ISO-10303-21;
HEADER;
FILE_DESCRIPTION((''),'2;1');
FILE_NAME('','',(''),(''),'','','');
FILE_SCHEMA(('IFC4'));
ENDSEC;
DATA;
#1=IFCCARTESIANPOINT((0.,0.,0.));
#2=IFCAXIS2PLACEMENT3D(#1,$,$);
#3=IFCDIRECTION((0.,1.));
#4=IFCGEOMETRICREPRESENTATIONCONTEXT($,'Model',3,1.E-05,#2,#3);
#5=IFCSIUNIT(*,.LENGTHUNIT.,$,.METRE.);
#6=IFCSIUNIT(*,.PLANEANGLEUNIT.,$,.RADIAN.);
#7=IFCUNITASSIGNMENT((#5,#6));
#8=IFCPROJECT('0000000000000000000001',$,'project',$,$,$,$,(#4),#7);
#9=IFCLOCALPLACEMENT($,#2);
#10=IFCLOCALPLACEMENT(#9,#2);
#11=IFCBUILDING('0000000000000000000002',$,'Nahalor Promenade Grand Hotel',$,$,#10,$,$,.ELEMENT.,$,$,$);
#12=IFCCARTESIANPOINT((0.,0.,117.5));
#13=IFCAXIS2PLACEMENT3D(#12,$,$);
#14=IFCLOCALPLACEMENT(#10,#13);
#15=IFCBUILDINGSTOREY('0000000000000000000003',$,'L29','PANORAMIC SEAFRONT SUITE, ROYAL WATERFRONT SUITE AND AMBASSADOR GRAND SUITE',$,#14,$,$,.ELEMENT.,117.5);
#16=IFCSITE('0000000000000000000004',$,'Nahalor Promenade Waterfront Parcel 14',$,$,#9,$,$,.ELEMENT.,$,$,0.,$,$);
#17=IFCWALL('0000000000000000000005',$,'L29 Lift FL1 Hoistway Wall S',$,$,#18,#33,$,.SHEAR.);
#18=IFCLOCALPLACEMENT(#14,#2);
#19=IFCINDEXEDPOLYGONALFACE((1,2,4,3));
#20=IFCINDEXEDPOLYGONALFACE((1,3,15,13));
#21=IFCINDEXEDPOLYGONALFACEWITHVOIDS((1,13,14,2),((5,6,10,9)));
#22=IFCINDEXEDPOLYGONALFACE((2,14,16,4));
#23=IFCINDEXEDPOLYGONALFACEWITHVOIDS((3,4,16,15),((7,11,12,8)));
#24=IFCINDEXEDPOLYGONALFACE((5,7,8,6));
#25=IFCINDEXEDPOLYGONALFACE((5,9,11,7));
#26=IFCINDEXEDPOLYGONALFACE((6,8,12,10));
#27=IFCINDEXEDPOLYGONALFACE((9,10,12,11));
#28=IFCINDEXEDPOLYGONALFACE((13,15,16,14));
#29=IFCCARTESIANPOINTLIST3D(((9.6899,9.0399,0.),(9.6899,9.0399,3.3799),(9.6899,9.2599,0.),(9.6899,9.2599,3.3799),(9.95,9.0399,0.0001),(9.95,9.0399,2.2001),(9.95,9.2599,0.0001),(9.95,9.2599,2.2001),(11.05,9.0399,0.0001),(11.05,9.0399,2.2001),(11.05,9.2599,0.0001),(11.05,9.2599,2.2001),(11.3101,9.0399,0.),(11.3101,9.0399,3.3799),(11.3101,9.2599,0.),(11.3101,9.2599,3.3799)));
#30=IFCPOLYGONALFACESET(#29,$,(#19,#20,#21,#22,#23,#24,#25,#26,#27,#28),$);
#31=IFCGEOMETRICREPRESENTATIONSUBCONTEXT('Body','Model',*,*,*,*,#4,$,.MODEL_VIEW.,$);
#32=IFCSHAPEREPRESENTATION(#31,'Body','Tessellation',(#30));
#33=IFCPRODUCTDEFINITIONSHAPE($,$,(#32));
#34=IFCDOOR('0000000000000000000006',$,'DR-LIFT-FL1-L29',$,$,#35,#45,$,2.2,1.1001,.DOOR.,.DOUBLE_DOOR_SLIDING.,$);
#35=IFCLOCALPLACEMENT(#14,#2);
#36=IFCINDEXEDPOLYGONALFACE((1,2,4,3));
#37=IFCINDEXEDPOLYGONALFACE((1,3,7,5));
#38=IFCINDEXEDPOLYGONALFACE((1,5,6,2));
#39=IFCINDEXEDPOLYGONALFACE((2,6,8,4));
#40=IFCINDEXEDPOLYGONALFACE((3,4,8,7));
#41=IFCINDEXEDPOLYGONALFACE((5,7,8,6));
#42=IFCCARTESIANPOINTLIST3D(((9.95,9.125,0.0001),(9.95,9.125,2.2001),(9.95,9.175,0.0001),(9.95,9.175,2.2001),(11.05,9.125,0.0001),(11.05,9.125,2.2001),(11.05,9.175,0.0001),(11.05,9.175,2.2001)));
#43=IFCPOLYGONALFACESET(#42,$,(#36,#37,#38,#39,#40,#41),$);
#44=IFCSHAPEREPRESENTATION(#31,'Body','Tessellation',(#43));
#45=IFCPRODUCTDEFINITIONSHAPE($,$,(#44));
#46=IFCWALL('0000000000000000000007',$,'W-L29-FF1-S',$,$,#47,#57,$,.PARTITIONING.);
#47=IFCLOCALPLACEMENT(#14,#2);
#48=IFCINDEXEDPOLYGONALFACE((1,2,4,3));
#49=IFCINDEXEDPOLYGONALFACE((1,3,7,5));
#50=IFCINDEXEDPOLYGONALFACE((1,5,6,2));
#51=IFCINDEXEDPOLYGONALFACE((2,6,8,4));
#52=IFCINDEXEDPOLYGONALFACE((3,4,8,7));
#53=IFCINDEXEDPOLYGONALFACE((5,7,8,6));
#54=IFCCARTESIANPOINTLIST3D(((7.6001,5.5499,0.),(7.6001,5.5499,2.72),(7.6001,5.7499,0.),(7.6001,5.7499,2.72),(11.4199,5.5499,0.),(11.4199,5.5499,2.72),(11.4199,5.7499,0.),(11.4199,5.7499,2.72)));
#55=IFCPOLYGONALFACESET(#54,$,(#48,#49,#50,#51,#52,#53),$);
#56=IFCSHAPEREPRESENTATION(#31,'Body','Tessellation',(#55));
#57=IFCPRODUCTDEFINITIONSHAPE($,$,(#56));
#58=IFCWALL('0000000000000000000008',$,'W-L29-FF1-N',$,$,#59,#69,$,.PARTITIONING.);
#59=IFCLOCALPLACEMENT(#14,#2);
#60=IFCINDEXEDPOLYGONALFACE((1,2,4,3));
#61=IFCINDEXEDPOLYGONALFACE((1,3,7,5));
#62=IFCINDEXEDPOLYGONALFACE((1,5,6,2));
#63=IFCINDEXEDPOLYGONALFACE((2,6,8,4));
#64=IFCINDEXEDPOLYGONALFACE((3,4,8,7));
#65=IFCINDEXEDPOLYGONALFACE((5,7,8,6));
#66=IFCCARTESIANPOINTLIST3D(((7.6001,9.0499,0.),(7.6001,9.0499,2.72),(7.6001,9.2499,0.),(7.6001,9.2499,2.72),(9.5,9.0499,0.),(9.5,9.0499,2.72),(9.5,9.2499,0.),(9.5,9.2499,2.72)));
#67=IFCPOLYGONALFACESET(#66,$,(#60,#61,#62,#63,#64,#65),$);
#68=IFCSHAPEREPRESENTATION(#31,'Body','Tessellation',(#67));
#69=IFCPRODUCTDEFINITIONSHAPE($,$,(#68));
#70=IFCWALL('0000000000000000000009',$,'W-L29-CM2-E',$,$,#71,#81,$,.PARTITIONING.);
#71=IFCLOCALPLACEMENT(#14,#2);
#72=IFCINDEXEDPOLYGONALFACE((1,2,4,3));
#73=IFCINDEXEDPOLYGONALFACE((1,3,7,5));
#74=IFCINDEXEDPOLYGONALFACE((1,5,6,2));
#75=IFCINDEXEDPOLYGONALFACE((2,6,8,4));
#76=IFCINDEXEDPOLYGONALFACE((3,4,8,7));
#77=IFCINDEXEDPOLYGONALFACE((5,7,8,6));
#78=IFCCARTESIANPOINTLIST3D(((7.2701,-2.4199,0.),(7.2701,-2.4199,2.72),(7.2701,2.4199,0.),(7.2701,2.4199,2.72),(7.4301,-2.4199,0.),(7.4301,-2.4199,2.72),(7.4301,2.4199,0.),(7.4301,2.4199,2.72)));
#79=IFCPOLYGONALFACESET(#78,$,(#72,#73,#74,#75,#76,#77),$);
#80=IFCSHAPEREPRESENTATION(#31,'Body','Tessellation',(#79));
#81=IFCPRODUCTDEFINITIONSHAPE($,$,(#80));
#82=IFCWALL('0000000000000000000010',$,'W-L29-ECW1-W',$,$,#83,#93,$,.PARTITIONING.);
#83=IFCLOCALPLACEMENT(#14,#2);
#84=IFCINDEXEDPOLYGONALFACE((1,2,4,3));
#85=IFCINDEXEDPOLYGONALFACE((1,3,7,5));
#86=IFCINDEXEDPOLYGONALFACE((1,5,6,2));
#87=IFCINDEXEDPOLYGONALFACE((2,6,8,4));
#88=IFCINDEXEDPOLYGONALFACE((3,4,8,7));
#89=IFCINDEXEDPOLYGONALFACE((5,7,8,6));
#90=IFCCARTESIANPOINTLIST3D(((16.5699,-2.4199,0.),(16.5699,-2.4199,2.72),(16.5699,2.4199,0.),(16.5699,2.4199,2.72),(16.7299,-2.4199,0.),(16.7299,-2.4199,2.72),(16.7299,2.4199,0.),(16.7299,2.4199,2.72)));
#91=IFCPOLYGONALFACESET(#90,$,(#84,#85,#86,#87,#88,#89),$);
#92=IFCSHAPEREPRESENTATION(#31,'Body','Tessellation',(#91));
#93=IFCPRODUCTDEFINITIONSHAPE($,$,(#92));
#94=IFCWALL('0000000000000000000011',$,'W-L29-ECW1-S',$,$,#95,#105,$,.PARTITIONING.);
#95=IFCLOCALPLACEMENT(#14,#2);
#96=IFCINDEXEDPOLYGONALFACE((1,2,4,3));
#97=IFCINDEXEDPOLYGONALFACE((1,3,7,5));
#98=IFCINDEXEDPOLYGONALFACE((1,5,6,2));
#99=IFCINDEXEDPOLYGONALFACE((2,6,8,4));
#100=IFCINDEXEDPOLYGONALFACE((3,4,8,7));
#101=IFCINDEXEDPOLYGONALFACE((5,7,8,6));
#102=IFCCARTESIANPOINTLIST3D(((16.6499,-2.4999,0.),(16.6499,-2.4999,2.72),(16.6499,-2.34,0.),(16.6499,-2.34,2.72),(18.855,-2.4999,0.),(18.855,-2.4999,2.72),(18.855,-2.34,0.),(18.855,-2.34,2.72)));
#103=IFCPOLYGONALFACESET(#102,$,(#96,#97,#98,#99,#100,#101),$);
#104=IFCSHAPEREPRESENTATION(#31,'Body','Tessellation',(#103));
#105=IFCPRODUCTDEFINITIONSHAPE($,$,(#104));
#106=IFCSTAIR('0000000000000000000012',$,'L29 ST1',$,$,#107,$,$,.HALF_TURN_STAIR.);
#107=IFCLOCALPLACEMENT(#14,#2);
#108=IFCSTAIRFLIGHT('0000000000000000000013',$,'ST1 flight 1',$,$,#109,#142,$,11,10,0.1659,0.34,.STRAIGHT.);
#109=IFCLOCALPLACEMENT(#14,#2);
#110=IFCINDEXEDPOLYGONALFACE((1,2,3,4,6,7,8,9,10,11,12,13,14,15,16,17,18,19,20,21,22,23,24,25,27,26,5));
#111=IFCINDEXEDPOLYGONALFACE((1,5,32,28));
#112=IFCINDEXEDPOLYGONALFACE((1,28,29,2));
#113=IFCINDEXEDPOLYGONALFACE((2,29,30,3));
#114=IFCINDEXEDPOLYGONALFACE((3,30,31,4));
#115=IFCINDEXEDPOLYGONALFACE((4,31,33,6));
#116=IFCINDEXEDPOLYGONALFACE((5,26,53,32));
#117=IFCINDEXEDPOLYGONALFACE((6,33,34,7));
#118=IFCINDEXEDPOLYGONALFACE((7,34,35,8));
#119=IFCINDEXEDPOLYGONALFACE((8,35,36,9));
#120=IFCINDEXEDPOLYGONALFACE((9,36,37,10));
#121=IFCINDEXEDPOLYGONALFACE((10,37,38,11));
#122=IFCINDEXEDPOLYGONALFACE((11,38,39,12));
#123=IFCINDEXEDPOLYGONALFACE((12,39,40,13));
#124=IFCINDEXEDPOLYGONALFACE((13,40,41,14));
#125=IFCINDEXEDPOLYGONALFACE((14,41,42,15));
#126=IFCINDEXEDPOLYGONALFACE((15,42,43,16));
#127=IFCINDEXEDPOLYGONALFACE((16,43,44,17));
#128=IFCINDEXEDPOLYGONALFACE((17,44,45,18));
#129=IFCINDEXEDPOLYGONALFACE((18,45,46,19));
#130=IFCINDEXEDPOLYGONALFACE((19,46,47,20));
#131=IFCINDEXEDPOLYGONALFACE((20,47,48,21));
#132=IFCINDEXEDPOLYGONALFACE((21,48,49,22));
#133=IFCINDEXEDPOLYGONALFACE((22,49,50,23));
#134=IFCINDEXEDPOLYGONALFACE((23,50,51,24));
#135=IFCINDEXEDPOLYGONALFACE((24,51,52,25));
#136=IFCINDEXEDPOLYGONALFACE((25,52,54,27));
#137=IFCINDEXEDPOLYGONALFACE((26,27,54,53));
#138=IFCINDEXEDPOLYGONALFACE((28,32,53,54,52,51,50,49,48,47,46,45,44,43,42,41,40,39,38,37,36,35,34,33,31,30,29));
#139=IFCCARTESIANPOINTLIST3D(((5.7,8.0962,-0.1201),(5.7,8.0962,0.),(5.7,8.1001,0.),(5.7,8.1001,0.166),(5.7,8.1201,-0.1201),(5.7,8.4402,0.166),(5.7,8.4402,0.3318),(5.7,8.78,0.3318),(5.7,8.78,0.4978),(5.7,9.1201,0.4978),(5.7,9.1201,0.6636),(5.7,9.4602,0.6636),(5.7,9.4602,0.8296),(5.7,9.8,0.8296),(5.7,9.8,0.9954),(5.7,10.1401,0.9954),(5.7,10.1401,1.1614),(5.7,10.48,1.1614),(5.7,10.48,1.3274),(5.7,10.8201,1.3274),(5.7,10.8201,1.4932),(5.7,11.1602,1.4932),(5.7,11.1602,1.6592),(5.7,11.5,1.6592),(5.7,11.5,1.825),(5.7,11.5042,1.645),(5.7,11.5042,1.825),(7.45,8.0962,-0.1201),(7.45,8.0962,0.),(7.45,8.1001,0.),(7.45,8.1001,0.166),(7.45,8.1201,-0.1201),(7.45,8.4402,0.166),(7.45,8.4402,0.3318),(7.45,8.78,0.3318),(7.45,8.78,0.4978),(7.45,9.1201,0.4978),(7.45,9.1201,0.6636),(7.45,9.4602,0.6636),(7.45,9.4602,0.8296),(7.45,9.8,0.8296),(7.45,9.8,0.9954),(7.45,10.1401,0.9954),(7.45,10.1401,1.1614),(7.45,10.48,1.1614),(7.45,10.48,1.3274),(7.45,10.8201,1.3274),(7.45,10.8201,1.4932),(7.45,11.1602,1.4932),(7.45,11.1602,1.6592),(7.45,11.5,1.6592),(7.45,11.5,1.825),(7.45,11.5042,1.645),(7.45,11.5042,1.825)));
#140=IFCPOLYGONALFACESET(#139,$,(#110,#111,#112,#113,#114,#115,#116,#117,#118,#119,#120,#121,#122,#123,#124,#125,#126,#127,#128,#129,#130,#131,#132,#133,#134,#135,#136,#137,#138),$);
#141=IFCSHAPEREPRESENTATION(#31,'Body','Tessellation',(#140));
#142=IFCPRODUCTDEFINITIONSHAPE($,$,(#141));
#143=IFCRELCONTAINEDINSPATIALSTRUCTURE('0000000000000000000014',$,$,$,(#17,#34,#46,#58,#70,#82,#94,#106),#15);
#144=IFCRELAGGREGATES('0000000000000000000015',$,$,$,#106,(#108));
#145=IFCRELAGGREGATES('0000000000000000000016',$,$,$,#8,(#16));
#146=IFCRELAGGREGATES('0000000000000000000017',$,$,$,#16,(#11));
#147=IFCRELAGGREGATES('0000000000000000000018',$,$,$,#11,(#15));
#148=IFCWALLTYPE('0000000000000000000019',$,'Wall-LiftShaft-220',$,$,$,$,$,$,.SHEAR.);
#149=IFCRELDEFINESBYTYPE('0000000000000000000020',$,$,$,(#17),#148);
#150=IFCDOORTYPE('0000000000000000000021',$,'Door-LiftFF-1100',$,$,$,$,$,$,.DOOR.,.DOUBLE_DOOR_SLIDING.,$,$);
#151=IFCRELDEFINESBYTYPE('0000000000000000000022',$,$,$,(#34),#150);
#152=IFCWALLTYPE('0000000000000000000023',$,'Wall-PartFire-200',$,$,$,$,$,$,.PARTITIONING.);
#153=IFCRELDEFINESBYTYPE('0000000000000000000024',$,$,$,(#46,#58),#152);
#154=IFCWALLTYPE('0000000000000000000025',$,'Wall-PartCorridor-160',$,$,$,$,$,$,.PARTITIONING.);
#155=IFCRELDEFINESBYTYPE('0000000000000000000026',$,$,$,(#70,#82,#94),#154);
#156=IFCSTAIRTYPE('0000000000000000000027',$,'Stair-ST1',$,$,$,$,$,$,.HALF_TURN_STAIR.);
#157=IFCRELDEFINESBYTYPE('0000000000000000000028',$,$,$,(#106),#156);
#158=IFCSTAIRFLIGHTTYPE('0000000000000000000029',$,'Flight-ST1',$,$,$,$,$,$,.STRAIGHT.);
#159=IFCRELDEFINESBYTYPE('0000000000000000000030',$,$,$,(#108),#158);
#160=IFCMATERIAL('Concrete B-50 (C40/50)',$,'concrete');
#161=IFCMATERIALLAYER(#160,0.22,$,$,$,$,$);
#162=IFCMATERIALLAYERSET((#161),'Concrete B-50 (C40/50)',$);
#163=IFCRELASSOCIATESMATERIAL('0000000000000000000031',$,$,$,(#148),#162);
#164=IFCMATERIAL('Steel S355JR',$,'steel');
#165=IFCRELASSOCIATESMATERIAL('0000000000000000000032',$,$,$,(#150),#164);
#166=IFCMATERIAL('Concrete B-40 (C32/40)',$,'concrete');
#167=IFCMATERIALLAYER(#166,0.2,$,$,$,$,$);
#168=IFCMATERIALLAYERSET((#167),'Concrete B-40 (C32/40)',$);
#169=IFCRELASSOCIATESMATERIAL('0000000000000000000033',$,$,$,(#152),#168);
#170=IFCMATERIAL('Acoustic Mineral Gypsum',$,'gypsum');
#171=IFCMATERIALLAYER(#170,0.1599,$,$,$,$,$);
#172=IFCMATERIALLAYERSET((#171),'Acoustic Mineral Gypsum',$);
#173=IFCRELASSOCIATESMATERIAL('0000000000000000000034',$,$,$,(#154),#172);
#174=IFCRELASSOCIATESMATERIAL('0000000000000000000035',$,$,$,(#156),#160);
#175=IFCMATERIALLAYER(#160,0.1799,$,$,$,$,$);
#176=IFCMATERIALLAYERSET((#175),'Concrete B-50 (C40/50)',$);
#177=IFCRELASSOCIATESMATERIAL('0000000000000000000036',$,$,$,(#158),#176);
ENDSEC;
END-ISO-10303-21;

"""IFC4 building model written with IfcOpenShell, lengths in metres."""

from ifc_helpers import new_model, si_unit, direction, frame, frame_2d, origin, place, context, subcontext, project, spatial, polyline, rectangle, outline, extrude, source, transform, mapped, material, layer, layer_set, type_object, element, fill, aggregate, save


model = new_model("IFC4")

# Units and contexts
model_context = context("Model", 3, precision=1e-05, world=origin(), true_north=direction((0.0, 1.0)))
body_context = subcontext(model_context, "Body", "Model", "MODEL_VIEW")
ifc_project = project(units=[si_unit("LENGTHUNIT", "METRE"), si_unit("PLANEANGLEUNIT", "RADIAN")], contexts=[model_context])

# Site, building, storey
site_placement = place(None, origin())
site = spatial("IfcSite", under=ifc_project, at=site_placement, Name="Nahalor Promenade Waterfront Parcel 14", CompositionType="ELEMENT", RefElevation=0.0)
building_placement = place(site_placement, origin())
building = spatial("IfcBuilding", under=site, at=building_placement, Name="Nahalor Promenade Grand Hotel", CompositionType="ELEMENT")
storey_placement = place(building_placement, frame((0.0, 0.0, 117.5)))
storey = spatial("IfcBuildingStorey", under=building, at=storey_placement, Name="L29", Description="PANORAMIC SEAFRONT SUITE, ROYAL WATERFRONT SUITE AND AMBASSADOR GRAND SUITE", CompositionType="ELEMENT", Elevation=117.5)

# Shared definitions
ifc_material_1 = material(Name="Steel S355JR", Category="steel")

# Shared definitions
ifc_material_2 = material(Name="Concrete B-50 (C40/50)", Category="concrete")

# Shared definitions
ifc_layer_1 = layer(ifc_material_2, 0.22)
ifc_layer_set_1 = layer_set([ifc_layer_1], Name="Concrete B-50 (C40/50)")
wall_type_1 = type_object("IfcWallType", Name="Wall-LiftShaft-220", PredefinedType="SHEAR", material=ifc_layer_set_1)

# Wall, opening, door
shared_shape_1 = source(origin(), body_context, "Body", "SweptSolid", [
    extrude(rectangle(XDim=1.6201, YDim=0.22, at=frame_2d((0.8101, 0.0))), origin(), (0.0, 0.0, 1.0), 3.3799),
])
wall_1_placement = place(storey_placement, frame((9.6899, 9.1499, 0.0), z_axis=(0.0, 0.0, 1.0), x_axis=(1.0, 0.0, 0.0)))
wall_1 = element("IfcWall", 1, at=wall_1_placement, inside=storey, type_object=wall_type_1, Name="L29 Lift FL1 Hoistway Wall S", PredefinedType="SHEAR", context=body_context, shape_type="MappedRepresentation", body=[
    mapped(shared_shape_1, transform((0.0, 0.0, 0.0), scale=1.0)),
])
opening_1_placement = place(wall_1_placement, frame((0.26, 0.0, 0.0)))
opening_1 = element("IfcOpeningElement", 2, at=opening_1_placement, cuts=wall_1, PredefinedType="OPENING", context=body_context, shape_type="SweptSolid", body=[
    extrude(rectangle(XDim=1.1001, YDim=2.2, at=frame_2d((0.55, 1.1001))), frame((0.0, 0.1199, 0.0), z_axis=(0.0, -1.0, 0.0), x_axis=(1.0, 0.0, 0.0)), (0.0, 0.0, 1.0), 0.24),
])
door_type_1 = type_object("IfcDoorType", Name="Door-LiftFF-1100", OperationType="DOUBLE_DOOR_SLIDING", PredefinedType="DOOR", material=ifc_material_1)
shared_shape_2 = source(origin(), body_context, "Body", "SweptSolid", [
    extrude(rectangle(XDim=1.1001, YDim=2.2, at=frame_2d((0.55, 1.1001))), frame((0.0, 0.0249, 0.0), z_axis=(0.0, -1.0, 0.0), x_axis=(1.0, 0.0, 0.0)), (0.0, 0.0, 1.0), 0.05),
])
door_1_placement = place(opening_1_placement, frame((1.1001, 0.0, 0.0), z_axis=(0.0, 0.0, 1.0), x_axis=(-1.0, 0.0, 0.0)))
door_1 = element("IfcDoor", 3, at=door_1_placement, inside=storey, type_object=door_type_1, Name="DR-LIFT-FL1-L29", OperationType="DOUBLE_DOOR_SLIDING", OverallHeight=2.2, OverallWidth=1.1001, PredefinedType="DOOR", context=body_context, shape_type="MappedRepresentation", body=[
    mapped(shared_shape_2, transform((0.0, 0.0, 0.0), scale=1.0)),
])
fill(opening_1, door_1)

# Walls
ifc_material_3 = material(Name="Concrete B-40 (C32/40)", Category="concrete")
ifc_layer_2 = layer(ifc_material_3, 0.2)
ifc_layer_set_2 = layer_set([ifc_layer_2], Name="Concrete B-40 (C32/40)")
wall_type_2 = type_object("IfcWallType", Name="Wall-PartFire-200", PredefinedType="PARTITIONING", material=ifc_layer_set_2)
shared_shape_3 = source(origin(), body_context, "Body", "SweptSolid", [
    extrude(rectangle(XDim=3.8198, YDim=0.2, at=frame_2d((1.9099, 0.0))), origin(), (0.0, 0.0, 1.0), 2.72),
])
wall_2_placement = place(storey_placement, frame((7.6001, 5.6499, 0.0), z_axis=(0.0, 0.0, 1.0), x_axis=(1.0, 0.0, 0.0)))
element("IfcWall", 4, at=wall_2_placement, inside=storey, type_object=wall_type_2, Name="W-L29-FF1-S", PredefinedType="PARTITIONING", context=body_context, shape_type="MappedRepresentation", body=[
    mapped(shared_shape_3, transform((0.0, 0.0, 0.0), scale=1.0)),
])
shared_shape_4 = source(origin(), body_context, "Body", "SweptSolid", [
    extrude(rectangle(XDim=1.8999, YDim=0.2, at=frame_2d((0.95, 0.0))), origin(), (0.0, 0.0, 1.0), 2.72),
])
wall_3_placement = place(storey_placement, frame((7.6001, 9.1499, 0.0), z_axis=(0.0, 0.0, 1.0), x_axis=(1.0, 0.0, 0.0)))
element("IfcWall", 5, at=wall_3_placement, inside=storey, type_object=wall_type_2, Name="W-L29-FF1-N", PredefinedType="PARTITIONING", context=body_context, shape_type="MappedRepresentation", body=[
    mapped(shared_shape_4, transform((0.0, 0.0, 0.0), scale=1.0)),
])

# Walls
ifc_material_4 = material(Name="Acoustic Mineral Gypsum", Category="gypsum")
ifc_layer_3 = layer(ifc_material_4, 0.1599)
ifc_layer_set_3 = layer_set([ifc_layer_3], Name="Acoustic Mineral Gypsum")
wall_type_3 = type_object("IfcWallType", Name="Wall-PartCorridor-160", PredefinedType="PARTITIONING", material=ifc_layer_set_3)
shared_shape_5 = source(origin(), body_context, "Body", "SweptSolid", [
    extrude(rectangle(XDim=4.8398, YDim=0.1599, at=frame_2d((2.4199, 0.0))), origin(), (0.0, 0.0, 1.0), 2.72),
])
for number, where, z_axis, x_axis, name in (
    (6, (7.3501, -2.4199, 0.0), (0.0, 0.0, 1.0), (0.0, 1.0, 0.0), "W-L29-CM2-E"),
    (7, (16.6499, -2.4199, 0.0), (0.0, 0.0, 1.0), (0.0, 1.0, 0.0), "W-L29-ECW1-W"),
):
    element("IfcWall", number, at=place(storey_placement, frame(where, z_axis=z_axis, x_axis=x_axis)), inside=storey, type_object=wall_type_3, Name=name, PredefinedType="PARTITIONING", context=body_context, shape_type="MappedRepresentation", body=[
        mapped(shared_shape_5, transform((0.0, 0.0, 0.0), scale=1.0)),
    ])
shared_shape_6 = source(origin(), body_context, "Body", "SweptSolid", [
    extrude(rectangle(XDim=2.2051, YDim=0.1599, at=frame_2d((1.1025, 0.0))), origin(), (0.0, 0.0, 1.0), 2.72),
])
wall_4_placement = place(storey_placement, frame((16.6499, -2.4199, 0.0), z_axis=(0.0, 0.0, 1.0), x_axis=(1.0, 0.0, 0.0)))
element("IfcWall", 8, at=wall_4_placement, inside=storey, type_object=wall_type_3, Name="W-L29-ECW1-S", PredefinedType="PARTITIONING", context=body_context, shape_type="MappedRepresentation", body=[
    mapped(shared_shape_6, transform((0.0, 0.0, 0.0), scale=1.0)),
])

# Stair, stair flight
stair_type = type_object("IfcStairType", Name="Stair-ST1", PredefinedType="HALF_TURN_STAIR", material=ifc_material_2)
stair_placement = place(storey_placement, origin())
stair = element("IfcStair", 9, at=stair_placement, inside=storey, type_object=stair_type, Name="L29 ST1", PredefinedType="HALF_TURN_STAIR")
ifc_layer_4 = layer(ifc_material_2, 0.1799)
ifc_layer_set_4 = layer_set([ifc_layer_4], Name="Concrete B-50 (C40/50)")
stair_flight_type = type_object("IfcStairFlightType", Name="Flight-ST1", PredefinedType="STRAIGHT", material=ifc_layer_set_4)
shared_shape_7 = source(origin(), body_context, "Body", "SweptSolid", [
    extrude(outline(polyline([(-0.0039, -0.1201), (-0.0039, 0.0), (0.0, 0.0), (0.0, 0.166), (0.3401, 0.166), (0.3401, 0.3318), (0.6799, 0.3318), (0.6799, 0.4978), (1.02, 0.4978), (1.02, 0.6636), (1.3601, 0.6636), (1.3601, 0.8296), (1.7, 0.8296), (1.7, 0.9954), (2.04, 0.9954), (2.04, 1.1614), (2.3799, 1.1614), (2.3799, 1.3274), (2.72, 1.3274), (2.72, 1.4932), (3.0601, 1.4932), (3.0601, 1.6592), (3.3999, 1.6592), (3.3999, 1.825), (3.4041, 1.825), (3.4041, 1.645), (0.02, -0.1201), (-0.0039, -0.1201)])), frame((0.0, 0.875, 0.0), z_axis=(0.0, -1.0, 0.0), x_axis=(1.0, 0.0, 0.0)), (0.0, 0.0, 1.0), 1.75),
])
stair_flight_placement = place(storey_placement, frame((6.575, 8.1001, 0.0), z_axis=(0.0, 0.0, 1.0), x_axis=(0.0, 1.0, 0.0)))
stair_flight = element("IfcStairFlight", 10, at=stair_flight_placement, type_object=stair_flight_type, Name="ST1 flight 1", NumberOfRisers=11, NumberOfTreads=10, PredefinedType="STRAIGHT", RiserHeight=0.1659, TreadLength=0.34, context=body_context, shape_type="MappedRepresentation", body=[
    mapped(shared_shape_7, transform((0.0, 0.0, 0.0), scale=1.0)),
])
aggregate(stair, [stair_flight])

save(model, "model.ifc")
